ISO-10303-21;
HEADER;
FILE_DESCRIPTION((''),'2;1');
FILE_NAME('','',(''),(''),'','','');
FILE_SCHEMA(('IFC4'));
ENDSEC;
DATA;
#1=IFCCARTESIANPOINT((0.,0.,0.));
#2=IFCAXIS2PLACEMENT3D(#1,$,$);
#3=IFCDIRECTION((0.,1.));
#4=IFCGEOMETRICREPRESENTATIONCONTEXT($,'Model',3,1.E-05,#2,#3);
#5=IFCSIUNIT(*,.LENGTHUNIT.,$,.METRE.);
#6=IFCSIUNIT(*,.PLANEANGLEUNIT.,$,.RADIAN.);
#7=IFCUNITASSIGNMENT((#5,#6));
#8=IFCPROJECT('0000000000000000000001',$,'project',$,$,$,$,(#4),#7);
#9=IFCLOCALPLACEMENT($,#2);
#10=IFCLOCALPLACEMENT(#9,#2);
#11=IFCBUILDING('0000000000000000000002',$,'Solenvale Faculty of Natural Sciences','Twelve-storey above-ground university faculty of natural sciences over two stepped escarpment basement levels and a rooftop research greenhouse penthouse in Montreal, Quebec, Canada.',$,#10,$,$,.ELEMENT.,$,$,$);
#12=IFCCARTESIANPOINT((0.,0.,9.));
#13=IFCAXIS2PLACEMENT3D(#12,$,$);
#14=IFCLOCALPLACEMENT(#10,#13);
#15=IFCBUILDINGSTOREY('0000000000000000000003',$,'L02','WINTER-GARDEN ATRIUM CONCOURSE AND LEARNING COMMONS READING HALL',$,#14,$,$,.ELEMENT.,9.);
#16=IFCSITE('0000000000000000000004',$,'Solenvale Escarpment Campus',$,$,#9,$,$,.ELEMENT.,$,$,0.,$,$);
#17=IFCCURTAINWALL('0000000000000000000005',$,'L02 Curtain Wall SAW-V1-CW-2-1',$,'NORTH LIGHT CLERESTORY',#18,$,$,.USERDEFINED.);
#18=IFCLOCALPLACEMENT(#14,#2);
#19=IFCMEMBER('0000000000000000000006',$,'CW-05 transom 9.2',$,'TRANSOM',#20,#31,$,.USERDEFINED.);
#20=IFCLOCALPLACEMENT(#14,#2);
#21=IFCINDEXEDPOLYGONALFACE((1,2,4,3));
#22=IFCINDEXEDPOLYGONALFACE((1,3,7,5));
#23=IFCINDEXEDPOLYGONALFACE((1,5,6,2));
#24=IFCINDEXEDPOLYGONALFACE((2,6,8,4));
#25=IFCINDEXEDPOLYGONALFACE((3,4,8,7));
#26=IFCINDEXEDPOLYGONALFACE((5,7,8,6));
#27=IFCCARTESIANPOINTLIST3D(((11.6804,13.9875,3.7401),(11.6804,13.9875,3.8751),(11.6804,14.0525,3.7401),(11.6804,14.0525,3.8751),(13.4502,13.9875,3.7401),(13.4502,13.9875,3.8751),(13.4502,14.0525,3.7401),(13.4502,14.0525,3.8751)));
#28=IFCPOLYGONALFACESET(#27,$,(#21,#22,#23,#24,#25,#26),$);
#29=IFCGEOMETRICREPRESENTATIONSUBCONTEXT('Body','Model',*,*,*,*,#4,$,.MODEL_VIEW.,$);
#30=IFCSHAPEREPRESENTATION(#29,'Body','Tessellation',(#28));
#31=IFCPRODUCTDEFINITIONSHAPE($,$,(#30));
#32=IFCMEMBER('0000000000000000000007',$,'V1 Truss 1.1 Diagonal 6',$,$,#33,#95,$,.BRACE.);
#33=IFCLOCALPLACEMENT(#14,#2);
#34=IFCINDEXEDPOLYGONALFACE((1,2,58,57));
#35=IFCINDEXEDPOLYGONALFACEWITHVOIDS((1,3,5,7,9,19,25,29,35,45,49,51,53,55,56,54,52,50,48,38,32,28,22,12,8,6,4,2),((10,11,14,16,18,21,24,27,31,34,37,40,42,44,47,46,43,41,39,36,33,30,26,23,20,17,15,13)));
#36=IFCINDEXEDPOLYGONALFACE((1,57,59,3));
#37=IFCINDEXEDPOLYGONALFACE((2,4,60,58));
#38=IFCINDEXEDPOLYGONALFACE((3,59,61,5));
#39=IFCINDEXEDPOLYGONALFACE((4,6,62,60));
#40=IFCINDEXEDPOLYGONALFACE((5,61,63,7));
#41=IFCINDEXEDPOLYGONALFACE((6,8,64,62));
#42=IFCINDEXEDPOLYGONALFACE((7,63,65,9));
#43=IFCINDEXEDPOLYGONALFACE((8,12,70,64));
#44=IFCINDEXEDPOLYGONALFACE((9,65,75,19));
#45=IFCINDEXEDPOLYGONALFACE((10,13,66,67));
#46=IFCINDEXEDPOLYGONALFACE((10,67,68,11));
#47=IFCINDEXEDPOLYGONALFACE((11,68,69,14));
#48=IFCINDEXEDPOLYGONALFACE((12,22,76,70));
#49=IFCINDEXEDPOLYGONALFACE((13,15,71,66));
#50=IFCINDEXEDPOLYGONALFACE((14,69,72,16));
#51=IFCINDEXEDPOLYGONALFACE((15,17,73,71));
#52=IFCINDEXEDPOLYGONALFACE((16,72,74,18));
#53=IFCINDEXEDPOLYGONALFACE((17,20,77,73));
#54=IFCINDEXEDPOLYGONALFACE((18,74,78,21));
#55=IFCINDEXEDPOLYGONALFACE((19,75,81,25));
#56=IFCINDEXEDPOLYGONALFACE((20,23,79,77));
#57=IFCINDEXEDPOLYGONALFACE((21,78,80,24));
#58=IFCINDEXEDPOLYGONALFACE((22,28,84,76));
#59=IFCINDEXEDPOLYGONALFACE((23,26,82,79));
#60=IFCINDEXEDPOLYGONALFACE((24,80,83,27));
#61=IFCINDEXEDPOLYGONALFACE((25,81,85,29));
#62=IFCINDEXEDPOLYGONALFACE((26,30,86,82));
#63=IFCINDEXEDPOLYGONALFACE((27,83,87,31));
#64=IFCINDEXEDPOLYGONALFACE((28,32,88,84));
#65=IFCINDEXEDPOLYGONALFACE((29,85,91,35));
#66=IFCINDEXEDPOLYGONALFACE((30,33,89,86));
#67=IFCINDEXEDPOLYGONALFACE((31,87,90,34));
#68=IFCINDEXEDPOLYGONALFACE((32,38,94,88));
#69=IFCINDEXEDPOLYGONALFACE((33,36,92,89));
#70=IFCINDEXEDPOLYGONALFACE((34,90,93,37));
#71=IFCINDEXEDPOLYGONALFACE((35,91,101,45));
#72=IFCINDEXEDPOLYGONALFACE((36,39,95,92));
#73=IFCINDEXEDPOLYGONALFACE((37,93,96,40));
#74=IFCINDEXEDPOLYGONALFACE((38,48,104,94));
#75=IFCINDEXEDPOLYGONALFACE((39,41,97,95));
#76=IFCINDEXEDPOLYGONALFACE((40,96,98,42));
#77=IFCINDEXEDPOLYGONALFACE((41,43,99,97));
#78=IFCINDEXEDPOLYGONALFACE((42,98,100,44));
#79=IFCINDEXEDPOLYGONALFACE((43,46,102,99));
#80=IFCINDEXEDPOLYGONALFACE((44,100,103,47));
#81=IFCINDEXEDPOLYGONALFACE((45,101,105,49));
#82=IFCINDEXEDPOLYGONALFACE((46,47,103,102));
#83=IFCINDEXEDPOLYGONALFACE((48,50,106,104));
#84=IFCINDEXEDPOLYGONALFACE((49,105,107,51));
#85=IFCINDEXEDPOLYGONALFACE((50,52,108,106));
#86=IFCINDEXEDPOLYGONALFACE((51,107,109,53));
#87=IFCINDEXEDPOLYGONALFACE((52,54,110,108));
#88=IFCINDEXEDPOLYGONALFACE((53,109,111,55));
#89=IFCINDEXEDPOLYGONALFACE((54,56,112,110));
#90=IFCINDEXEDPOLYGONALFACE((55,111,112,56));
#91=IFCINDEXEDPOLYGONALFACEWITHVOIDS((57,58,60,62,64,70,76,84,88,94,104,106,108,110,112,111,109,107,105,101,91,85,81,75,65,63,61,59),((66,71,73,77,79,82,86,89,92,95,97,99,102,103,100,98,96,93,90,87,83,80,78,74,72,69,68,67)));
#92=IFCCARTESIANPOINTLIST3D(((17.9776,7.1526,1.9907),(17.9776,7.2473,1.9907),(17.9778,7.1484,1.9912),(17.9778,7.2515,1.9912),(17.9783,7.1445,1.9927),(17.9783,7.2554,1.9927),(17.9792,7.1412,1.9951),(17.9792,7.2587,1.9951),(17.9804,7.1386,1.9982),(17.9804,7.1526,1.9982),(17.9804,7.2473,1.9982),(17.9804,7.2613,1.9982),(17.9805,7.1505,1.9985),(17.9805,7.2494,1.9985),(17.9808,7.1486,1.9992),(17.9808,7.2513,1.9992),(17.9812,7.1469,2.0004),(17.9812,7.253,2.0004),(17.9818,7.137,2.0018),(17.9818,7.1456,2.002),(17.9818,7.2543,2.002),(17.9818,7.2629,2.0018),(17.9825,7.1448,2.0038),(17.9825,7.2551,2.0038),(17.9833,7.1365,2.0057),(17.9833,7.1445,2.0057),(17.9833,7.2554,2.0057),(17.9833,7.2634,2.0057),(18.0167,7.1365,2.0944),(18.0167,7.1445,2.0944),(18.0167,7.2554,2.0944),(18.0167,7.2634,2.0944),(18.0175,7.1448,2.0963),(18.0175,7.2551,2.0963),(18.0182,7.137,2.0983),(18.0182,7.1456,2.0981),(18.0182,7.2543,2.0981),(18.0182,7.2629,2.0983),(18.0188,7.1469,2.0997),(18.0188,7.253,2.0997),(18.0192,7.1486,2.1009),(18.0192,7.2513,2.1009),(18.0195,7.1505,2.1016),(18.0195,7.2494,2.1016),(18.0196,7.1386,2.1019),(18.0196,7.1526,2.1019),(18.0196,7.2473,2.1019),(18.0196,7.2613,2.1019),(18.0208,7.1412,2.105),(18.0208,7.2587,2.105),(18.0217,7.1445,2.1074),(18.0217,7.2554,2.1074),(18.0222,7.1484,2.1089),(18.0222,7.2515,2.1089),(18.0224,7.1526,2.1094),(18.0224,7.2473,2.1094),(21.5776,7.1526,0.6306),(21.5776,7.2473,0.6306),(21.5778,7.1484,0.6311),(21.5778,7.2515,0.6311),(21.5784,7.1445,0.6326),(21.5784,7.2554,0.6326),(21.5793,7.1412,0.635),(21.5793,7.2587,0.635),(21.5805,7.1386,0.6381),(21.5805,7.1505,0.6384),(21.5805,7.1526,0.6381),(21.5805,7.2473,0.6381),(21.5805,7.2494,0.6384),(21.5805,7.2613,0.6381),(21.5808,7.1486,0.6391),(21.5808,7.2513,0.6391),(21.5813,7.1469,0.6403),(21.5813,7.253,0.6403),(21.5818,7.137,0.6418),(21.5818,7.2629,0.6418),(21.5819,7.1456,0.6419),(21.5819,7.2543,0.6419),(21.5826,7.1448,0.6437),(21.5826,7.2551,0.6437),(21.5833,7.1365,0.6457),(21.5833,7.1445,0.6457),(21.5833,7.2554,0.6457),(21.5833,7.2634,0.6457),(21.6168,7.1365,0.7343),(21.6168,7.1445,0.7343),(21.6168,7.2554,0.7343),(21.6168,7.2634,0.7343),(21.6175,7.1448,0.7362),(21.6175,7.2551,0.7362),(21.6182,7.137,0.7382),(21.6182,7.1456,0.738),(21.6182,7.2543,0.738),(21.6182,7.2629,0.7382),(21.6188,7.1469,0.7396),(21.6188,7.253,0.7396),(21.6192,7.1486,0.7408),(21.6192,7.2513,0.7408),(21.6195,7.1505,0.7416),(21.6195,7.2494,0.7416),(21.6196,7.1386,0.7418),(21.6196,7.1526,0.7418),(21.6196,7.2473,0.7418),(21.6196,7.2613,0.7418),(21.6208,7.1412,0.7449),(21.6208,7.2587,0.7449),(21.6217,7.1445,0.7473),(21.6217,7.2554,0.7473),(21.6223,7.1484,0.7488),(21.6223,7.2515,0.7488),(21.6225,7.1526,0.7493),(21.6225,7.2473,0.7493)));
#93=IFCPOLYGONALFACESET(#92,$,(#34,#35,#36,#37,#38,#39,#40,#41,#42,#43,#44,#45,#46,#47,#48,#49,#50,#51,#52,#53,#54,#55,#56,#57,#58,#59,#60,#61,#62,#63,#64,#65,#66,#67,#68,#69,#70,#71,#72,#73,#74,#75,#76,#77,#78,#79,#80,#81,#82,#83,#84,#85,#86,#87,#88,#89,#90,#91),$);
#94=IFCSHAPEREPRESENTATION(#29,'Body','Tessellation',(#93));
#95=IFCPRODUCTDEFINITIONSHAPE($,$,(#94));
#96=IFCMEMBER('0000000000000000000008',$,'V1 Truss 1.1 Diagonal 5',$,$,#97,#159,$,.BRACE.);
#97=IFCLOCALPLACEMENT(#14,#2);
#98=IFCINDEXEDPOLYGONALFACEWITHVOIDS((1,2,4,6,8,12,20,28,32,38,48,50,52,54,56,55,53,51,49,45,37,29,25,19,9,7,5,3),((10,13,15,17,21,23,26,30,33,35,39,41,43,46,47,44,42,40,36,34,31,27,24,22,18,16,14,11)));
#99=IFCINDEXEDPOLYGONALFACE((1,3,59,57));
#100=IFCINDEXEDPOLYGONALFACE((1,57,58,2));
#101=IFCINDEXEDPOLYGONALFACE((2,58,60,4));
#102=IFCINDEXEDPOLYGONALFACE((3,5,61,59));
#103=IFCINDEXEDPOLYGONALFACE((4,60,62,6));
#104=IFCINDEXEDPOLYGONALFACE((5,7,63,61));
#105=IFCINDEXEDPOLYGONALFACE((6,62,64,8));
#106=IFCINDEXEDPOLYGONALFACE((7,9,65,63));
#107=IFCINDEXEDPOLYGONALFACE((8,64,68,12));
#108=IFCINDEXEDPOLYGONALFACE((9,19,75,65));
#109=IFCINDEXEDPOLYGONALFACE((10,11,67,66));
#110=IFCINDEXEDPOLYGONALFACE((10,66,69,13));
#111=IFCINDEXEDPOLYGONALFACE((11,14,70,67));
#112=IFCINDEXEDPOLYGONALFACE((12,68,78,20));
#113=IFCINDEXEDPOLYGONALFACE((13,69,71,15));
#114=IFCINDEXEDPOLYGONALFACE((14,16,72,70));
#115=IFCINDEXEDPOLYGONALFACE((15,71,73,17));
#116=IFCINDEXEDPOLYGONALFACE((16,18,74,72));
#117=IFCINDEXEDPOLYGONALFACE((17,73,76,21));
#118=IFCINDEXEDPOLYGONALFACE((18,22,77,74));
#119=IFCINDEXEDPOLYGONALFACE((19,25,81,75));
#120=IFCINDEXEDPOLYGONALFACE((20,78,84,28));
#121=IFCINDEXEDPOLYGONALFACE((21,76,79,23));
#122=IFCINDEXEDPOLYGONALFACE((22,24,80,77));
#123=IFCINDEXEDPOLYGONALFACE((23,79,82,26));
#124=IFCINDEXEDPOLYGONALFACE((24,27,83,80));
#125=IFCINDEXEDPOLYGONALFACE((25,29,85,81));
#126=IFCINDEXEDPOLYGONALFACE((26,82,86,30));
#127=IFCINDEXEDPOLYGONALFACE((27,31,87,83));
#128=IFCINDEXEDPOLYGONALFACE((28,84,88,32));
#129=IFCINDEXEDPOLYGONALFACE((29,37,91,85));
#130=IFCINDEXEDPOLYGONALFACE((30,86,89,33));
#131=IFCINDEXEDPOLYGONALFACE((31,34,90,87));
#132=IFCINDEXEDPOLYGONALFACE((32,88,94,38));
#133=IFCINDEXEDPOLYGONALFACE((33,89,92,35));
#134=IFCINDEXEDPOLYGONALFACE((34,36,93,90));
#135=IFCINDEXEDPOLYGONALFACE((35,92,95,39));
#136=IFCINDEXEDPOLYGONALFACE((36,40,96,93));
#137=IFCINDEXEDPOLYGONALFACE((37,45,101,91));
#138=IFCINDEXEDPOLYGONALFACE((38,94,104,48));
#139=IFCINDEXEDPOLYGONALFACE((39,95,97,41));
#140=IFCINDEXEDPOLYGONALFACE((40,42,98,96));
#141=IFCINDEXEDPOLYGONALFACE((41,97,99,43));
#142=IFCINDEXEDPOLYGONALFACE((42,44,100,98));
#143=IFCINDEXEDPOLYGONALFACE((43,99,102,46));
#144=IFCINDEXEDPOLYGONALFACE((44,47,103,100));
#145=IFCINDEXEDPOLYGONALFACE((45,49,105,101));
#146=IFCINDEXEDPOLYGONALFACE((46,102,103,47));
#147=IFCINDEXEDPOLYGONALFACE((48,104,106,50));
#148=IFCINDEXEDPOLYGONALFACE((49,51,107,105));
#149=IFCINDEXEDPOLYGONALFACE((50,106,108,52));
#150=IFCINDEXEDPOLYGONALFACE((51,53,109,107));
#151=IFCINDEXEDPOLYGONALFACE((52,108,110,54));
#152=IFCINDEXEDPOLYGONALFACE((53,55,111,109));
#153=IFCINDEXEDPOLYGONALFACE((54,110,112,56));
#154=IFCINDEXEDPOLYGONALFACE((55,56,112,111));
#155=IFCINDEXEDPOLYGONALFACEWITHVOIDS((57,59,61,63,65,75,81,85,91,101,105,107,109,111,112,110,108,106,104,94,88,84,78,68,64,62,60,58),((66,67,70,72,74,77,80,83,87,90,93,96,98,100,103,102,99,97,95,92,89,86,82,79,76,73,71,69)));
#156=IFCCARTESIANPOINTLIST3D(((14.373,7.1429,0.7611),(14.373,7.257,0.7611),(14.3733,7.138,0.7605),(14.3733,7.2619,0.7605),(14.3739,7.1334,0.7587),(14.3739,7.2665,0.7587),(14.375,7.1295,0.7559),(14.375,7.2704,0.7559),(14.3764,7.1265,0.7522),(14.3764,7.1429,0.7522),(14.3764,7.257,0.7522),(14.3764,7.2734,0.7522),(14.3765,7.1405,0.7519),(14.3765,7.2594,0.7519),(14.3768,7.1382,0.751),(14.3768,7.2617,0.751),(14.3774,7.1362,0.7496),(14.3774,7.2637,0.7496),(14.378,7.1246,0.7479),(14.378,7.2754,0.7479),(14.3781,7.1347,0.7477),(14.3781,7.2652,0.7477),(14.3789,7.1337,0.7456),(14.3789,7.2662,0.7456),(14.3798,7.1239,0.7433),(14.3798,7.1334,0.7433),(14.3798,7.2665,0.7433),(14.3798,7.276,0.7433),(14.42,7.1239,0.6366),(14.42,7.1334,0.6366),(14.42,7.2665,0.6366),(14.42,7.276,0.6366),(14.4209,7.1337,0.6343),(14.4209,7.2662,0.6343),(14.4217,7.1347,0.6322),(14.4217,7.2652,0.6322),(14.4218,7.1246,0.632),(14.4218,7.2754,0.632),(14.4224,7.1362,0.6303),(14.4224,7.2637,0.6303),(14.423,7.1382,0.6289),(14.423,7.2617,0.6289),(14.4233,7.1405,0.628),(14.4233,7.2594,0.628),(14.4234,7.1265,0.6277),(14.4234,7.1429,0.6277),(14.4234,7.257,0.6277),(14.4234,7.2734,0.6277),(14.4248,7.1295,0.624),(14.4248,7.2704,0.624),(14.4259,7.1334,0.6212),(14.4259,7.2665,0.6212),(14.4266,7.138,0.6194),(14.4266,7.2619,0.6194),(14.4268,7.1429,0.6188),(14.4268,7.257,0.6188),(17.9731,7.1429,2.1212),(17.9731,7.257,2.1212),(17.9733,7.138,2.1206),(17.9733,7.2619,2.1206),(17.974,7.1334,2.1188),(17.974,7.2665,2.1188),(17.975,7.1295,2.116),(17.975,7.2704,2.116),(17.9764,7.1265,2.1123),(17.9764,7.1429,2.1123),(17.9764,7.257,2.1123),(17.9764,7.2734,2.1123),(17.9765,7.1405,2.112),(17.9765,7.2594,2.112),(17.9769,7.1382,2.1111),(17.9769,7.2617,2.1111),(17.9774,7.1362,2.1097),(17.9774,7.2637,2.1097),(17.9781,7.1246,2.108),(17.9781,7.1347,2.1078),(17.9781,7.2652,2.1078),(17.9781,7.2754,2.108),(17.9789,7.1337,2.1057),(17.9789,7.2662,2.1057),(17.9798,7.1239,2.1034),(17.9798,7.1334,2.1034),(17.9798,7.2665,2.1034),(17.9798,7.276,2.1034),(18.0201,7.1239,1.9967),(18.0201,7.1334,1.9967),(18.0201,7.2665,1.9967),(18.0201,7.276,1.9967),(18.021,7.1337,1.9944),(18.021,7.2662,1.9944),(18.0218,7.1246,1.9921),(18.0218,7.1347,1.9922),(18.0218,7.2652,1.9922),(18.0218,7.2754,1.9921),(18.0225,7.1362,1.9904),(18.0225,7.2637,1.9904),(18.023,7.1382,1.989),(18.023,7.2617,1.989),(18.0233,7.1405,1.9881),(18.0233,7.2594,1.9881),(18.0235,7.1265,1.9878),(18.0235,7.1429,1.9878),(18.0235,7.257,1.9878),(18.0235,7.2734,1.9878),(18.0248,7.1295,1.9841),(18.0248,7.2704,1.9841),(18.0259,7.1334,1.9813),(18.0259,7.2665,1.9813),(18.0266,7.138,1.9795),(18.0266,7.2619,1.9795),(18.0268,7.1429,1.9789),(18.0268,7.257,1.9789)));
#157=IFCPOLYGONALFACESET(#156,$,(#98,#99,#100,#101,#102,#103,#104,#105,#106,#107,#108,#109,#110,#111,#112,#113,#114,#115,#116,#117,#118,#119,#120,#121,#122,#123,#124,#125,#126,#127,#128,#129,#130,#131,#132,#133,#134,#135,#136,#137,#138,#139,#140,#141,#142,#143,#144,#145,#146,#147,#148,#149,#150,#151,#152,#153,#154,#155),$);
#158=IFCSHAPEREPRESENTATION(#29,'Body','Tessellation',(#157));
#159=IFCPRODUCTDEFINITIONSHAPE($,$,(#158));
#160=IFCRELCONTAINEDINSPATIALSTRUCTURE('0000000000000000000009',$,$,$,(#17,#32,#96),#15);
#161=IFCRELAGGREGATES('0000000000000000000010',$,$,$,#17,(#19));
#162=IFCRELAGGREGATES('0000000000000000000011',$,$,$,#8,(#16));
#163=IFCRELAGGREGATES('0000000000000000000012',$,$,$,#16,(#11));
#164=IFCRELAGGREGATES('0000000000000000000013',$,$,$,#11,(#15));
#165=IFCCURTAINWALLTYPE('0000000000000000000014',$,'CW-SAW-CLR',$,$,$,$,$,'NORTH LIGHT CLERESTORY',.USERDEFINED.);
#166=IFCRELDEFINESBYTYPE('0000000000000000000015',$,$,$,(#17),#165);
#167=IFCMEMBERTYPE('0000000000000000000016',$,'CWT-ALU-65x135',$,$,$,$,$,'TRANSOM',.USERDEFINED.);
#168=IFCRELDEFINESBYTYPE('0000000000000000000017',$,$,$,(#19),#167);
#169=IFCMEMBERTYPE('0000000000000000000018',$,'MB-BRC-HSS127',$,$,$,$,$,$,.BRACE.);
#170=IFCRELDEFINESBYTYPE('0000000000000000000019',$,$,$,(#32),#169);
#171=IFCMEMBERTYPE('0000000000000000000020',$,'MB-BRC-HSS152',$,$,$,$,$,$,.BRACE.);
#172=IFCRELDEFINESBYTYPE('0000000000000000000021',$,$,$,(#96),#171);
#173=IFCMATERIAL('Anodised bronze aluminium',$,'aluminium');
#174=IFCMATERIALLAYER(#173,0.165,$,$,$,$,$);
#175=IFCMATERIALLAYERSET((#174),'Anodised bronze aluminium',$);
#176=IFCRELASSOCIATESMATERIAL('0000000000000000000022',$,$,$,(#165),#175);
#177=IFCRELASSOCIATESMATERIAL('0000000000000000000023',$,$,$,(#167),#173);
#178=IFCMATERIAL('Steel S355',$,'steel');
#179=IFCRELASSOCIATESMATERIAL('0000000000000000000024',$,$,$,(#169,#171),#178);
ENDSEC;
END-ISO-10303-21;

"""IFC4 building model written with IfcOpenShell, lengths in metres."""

from ifc_helpers import new_model, si_unit, direction, frame, origin, origin_2d, place, context, subcontext, project, spatial, rectangle, hollow_rectangle, extrude, material, layer, layer_set, material_profile, profile_set, type_object, element, aggregate, save


model = new_model("IFC4")

# Units and contexts
model_context = context("Model", 3, precision=1e-05, world=origin(), true_north=direction((0.0, 1.0)))
body_context = subcontext(model_context, "Body", "Model", "MODEL_VIEW")
ifc_project = project(units=[si_unit("LENGTHUNIT", "METRE"), si_unit("PLANEANGLEUNIT", "RADIAN")], contexts=[model_context])

# Site, building, storey
site_placement = place(None, origin())
site = spatial("IfcSite", under=ifc_project, at=site_placement, Name="Solenvale Escarpment Campus", CompositionType="ELEMENT", RefElevation=0.0)
building_placement = place(site_placement, origin())
building = spatial("IfcBuilding", under=site, at=building_placement, Name="Solenvale Faculty of Natural Sciences", Description="Twelve-storey above-ground university faculty of natural sciences over two stepped escarpment basement levels and a rooftop research greenhouse penthouse in Montreal, Quebec, Canada.", CompositionType="ELEMENT")
storey_placement = place(building_placement, frame((0.0, 0.0, 9.0)))
storey = spatial("IfcBuildingStorey", under=building, at=storey_placement, Name="L02", Description="WINTER-GARDEN ATRIUM CONCOURSE AND LEARNING COMMONS READING HALL", CompositionType="ELEMENT", Elevation=9.0)

# Curtain wall
ifc_material_1 = material(Name="Anodised bronze aluminium", Category="aluminium")
ifc_layer_1 = layer(ifc_material_1, 0.165)
ifc_layer_set_1 = layer_set([ifc_layer_1], Name="Anodised bronze aluminium")
curtain_wall_type = type_object("IfcCurtainWallType", Name="CW-SAW-CLR", ElementType="NORTH LIGHT CLERESTORY", PredefinedType="USERDEFINED", material=ifc_layer_set_1)
curtain_wall_1_placement = place(storey_placement, origin())
curtain_wall_1 = element("IfcCurtainWall", 1, at=curtain_wall_1_placement, inside=storey, type_object=curtain_wall_type, Name="L02 Curtain Wall SAW-V1-CW-2-1", ObjectType="NORTH LIGHT CLERESTORY", PredefinedType="USERDEFINED")

# Member
ifc_material_profile_1 = material_profile(ifc_material_1, rectangle(XDim=0.0649, YDim=0.135, at=origin_2d()), Name="ALU-TRN-65x135")
ifc_profile_set_1 = profile_set([ifc_material_profile_1], Name="Anodised bronze aluminium")
member_type_1 = type_object("IfcMemberType", Name="CWT-ALU-65x135", ElementType="TRANSOM", PredefinedType="USERDEFINED", material=ifc_profile_set_1)
member_1_placement = place(storey_placement, frame((13.4502, 14.02, 3.8076), z_axis=(-1.0, 0.0, 0.0), x_axis=(0.0, -1.0, 0.0)))
member_1 = element("IfcMember", 2, at=member_1_placement, type_object=member_type_1, Name="CW-05 transom 9.2", ObjectType="TRANSOM", PredefinedType="USERDEFINED", context=body_context, shape_type="SweptSolid", body=[
    extrude(rectangle(XDim=0.0649, YDim=0.135, at=origin_2d()), origin(), (0.0, 0.0, 1.0), 1.7698),
])

# Members
ifc_material_2 = material(Name="Steel S355", Category="steel")
ifc_material_profile_2 = material_profile(ifc_material_2, hollow_rectangle(XDim=0.127, YDim=0.127, WallThickness=0.0081, InnerFilletRadius=0.0081, OuterFilletRadius=0.0161, at=origin_2d()), Name="HSS127x127x8.0")
ifc_profile_set_2 = profile_set([ifc_material_profile_2], Name="Steel S355")
member_type_2 = type_object("IfcMemberType", Name="MB-BRC-HSS127", PredefinedType="BRACE", material=ifc_profile_set_2)
member_2_placement = place(storey_placement, frame((18.0, 7.2, 2.05), z_axis=(0.935466, 0.0, -0.353417), x_axis=(0.0, 1.0, 0.0)))
element("IfcMember", 3, at=member_2_placement, inside=storey, type_object=member_type_2, Name="V1 Truss 1.1 Diagonal 6", PredefinedType="BRACE", context=body_context, shape_type="SweptSolid", body=[
    extrude(hollow_rectangle(XDim=0.127, YDim=0.127, WallThickness=0.0081, InnerFilletRadius=0.0081, OuterFilletRadius=0.0161, at=origin_2d()), origin(), (0.0, 0.0, 1.0), 3.8484),
])
ifc_material_profile_3 = material_profile(ifc_material_2, hollow_rectangle(XDim=0.1521, YDim=0.1521, WallThickness=0.0095, InnerFilletRadius=0.0095, OuterFilletRadius=0.019, at=origin_2d()), Name="HSS152x152x9.5")
ifc_profile_set_3 = profile_set([ifc_material_profile_3], Name="Steel S355")
member_type_3 = type_object("IfcMemberType", Name="MB-BRC-HSS152", PredefinedType="BRACE", material=ifc_profile_set_3)
member_3_placement = place(storey_placement, frame((14.3999, 7.2, 0.6899), z_axis=(0.935466, 0.0, 0.353417), x_axis=(0.0, 1.0, 0.0)))
element("IfcMember", 4, at=member_3_placement, inside=storey, type_object=member_type_3, Name="V1 Truss 1.1 Diagonal 5", PredefinedType="BRACE", context=body_context, shape_type="SweptSolid", body=[
    extrude(hollow_rectangle(XDim=0.1521, YDim=0.1521, WallThickness=0.0095, InnerFilletRadius=0.0095, OuterFilletRadius=0.019, at=origin_2d()), origin(), (0.0, 0.0, 1.0), 3.8484),
])

aggregate(curtain_wall_1, [member_1])

save(model, "model.ifc")
